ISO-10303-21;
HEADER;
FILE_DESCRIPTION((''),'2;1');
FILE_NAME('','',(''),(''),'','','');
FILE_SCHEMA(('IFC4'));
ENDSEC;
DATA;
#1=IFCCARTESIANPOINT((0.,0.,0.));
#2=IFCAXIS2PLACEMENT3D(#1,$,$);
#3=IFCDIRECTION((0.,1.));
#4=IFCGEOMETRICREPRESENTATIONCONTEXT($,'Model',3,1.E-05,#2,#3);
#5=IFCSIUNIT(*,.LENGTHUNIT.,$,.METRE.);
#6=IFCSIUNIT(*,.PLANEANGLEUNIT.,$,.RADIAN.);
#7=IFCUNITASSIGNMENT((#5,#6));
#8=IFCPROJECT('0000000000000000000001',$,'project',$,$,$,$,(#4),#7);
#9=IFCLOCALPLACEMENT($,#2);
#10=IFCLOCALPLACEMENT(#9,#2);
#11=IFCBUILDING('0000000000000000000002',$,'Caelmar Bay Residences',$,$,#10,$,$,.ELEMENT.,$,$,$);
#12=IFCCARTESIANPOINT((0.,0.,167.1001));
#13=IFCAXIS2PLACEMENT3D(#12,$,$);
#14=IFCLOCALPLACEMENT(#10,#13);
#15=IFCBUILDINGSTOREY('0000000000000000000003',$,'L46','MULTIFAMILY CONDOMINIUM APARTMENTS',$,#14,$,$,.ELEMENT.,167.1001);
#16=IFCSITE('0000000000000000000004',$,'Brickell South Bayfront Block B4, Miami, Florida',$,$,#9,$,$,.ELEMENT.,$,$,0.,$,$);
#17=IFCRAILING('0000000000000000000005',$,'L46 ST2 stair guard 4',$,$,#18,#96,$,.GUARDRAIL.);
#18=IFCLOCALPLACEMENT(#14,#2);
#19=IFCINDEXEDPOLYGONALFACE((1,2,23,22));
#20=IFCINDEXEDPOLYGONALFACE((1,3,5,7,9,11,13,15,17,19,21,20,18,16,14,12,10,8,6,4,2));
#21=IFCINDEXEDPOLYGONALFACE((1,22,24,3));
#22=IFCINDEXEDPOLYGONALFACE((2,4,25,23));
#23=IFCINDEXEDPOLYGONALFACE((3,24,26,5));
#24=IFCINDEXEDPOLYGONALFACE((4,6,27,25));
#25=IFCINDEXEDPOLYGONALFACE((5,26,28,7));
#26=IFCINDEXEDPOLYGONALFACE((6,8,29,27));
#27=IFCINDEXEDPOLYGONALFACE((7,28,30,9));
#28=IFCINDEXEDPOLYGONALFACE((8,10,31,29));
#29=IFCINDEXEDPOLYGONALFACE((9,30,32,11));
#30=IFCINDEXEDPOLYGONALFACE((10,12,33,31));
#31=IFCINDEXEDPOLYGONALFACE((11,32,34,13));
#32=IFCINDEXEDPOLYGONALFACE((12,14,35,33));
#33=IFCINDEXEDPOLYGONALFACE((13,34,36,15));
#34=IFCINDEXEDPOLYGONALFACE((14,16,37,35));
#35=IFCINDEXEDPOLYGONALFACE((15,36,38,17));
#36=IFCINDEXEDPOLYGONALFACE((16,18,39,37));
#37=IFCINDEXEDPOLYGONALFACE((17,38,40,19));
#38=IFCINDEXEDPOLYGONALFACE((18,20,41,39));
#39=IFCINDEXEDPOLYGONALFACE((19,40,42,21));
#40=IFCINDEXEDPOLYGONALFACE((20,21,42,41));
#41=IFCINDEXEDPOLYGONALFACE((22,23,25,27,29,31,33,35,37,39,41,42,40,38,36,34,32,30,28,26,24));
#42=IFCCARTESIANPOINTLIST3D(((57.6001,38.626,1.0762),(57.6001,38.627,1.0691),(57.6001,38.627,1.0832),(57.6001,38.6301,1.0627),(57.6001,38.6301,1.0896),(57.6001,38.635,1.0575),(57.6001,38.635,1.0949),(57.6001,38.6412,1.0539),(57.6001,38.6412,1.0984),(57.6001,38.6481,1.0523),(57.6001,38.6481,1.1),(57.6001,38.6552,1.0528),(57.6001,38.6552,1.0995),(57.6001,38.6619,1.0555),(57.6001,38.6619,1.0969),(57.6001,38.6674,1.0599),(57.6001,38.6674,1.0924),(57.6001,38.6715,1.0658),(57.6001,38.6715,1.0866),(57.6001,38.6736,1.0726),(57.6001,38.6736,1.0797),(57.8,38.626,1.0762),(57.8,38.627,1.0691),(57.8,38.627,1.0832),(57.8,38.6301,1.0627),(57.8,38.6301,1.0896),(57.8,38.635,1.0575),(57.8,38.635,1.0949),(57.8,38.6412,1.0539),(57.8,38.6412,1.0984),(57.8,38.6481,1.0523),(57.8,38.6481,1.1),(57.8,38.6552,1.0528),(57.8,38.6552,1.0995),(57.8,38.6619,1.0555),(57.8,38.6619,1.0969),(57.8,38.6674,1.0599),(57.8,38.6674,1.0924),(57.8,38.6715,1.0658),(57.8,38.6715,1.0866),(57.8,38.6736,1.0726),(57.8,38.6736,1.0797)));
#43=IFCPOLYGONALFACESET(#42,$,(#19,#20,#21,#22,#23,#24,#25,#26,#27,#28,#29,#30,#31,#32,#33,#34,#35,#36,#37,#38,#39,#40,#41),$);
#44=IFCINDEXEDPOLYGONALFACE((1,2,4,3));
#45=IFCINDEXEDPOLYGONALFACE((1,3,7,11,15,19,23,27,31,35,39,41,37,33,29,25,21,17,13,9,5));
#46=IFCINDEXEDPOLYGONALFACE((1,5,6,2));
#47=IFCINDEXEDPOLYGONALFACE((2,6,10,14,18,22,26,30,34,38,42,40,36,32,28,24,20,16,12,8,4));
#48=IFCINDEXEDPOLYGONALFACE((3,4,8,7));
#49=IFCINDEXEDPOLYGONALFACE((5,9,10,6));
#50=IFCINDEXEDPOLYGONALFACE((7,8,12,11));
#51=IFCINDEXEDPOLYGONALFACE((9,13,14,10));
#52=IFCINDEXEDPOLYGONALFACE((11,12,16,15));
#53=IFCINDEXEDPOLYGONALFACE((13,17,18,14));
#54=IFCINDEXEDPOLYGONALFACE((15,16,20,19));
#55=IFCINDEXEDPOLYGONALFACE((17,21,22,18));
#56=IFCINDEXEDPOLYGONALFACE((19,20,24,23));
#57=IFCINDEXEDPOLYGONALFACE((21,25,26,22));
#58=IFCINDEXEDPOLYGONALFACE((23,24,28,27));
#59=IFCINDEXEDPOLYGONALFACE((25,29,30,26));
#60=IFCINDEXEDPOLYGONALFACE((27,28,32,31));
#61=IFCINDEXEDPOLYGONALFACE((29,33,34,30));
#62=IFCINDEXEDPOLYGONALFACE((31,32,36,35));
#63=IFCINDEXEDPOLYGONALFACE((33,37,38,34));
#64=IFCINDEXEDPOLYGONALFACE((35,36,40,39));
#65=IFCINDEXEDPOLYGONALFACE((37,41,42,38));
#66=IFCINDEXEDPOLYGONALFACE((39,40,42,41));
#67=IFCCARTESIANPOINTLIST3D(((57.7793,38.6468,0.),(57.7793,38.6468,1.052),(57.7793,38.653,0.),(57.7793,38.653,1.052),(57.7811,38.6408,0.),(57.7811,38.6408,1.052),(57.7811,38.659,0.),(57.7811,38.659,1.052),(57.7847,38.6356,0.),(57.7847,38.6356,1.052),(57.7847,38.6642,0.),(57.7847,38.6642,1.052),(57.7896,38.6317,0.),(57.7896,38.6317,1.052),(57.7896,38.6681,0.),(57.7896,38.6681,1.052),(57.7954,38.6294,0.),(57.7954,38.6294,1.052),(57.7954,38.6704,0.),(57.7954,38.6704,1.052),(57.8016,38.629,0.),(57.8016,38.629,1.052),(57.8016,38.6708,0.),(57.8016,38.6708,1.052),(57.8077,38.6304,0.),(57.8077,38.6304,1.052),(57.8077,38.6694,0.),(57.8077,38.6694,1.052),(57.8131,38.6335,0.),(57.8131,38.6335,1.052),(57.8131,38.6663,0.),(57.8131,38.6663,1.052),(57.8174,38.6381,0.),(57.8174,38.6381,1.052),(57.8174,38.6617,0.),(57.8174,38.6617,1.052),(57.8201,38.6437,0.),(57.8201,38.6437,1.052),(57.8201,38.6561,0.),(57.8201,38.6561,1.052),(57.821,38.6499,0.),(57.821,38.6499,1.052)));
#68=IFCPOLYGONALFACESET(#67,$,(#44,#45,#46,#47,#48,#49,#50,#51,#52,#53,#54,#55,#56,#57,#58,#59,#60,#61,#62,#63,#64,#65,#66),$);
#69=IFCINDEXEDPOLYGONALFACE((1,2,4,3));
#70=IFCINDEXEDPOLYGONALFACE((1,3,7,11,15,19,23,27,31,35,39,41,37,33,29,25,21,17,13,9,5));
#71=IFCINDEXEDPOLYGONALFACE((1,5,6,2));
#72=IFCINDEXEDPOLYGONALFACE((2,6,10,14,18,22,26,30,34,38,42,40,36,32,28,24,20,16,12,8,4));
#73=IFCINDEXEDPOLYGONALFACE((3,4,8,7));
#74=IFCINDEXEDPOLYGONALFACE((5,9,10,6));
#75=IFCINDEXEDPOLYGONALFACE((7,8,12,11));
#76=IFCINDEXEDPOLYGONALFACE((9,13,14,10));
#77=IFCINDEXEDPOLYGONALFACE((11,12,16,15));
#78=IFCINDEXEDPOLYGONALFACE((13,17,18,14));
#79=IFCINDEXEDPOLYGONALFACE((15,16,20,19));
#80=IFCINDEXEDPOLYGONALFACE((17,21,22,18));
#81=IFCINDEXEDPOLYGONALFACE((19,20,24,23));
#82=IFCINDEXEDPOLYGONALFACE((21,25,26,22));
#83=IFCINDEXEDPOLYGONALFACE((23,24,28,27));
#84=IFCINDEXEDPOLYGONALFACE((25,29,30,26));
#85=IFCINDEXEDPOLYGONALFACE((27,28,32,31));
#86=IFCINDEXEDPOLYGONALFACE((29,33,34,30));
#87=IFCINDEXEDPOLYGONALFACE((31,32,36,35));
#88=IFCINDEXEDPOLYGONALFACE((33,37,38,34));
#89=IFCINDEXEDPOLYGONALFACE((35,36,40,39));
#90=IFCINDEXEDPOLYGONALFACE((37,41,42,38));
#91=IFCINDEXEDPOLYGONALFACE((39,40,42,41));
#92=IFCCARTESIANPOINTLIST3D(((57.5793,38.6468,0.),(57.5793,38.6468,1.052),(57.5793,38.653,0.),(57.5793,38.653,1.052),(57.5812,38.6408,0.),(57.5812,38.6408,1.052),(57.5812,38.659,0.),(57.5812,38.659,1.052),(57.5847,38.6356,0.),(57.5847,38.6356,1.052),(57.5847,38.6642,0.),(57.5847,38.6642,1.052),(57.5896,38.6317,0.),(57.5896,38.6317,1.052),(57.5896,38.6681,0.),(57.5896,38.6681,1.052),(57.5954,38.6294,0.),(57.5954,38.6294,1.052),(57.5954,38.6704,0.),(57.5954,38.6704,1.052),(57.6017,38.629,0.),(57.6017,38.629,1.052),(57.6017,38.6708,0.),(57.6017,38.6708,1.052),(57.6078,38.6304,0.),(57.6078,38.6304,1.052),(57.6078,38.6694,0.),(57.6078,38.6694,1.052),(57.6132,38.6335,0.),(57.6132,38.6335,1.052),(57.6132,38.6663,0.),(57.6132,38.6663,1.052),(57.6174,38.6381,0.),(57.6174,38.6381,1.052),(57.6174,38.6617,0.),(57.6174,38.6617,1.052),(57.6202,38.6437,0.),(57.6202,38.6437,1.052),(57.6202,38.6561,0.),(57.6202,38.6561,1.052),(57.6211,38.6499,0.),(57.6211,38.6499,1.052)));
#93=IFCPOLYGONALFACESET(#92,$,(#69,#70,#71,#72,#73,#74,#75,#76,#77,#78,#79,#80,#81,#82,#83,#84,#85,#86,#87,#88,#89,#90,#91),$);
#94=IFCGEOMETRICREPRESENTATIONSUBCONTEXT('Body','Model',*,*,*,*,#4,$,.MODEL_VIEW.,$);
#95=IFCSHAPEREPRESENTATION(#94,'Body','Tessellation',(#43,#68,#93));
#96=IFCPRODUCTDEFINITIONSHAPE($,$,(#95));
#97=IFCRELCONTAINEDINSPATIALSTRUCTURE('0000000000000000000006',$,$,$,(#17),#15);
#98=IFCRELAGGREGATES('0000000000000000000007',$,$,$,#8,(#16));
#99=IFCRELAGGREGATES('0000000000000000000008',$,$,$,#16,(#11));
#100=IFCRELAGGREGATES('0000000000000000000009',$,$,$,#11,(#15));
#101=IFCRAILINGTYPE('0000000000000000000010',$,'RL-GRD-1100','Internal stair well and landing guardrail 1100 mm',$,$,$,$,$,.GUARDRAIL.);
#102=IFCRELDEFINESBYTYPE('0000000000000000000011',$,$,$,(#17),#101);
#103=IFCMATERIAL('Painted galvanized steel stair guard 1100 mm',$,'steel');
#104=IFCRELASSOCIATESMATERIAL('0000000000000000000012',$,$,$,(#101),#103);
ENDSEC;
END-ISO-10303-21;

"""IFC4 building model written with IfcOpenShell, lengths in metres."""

from ifc_helpers import new_model, si_unit, direction, frame, origin, origin_2d, place, context, subcontext, project, spatial, circle, extrude, material, type_object, element, save


model = new_model("IFC4")

# Units and contexts
model_context = context("Model", 3, precision=1e-05, world=origin(), true_north=direction((0.0, 1.0)))
body_context = subcontext(model_context, "Body", "Model", "MODEL_VIEW")
ifc_project = project(units=[si_unit("LENGTHUNIT", "METRE"), si_unit("PLANEANGLEUNIT", "RADIAN")], contexts=[model_context])

# Site, building, storey
site_placement = place(None, origin())
site = spatial("IfcSite", under=ifc_project, at=site_placement, Name="Brickell South Bayfront Block B4, Miami, Florida", CompositionType="ELEMENT", RefElevation=0.0)
building_placement = place(site_placement, origin())
building = spatial("IfcBuilding", under=site, at=building_placement, Name="Caelmar Bay Residences", CompositionType="ELEMENT")
storey_placement = place(building_placement, frame((0.0, 0.0, 167.1001)))
storey = spatial("IfcBuildingStorey", under=building, at=storey_placement, Name="L46", Description="MULTIFAMILY CONDOMINIUM APARTMENTS", CompositionType="ELEMENT", Elevation=167.1001)

# Railing
ifc_material_1 = material(Name="Painted galvanized steel stair guard 1100 mm", Category="steel")
railing_type_1 = type_object("IfcRailingType", Name="RL-GRD-1100", Description="Internal stair well and landing guardrail 1100 mm", PredefinedType="GUARDRAIL", material=ifc_material_1)
railing_1_placement = place(storey_placement, frame((57.8, 38.6499, 0.0)))
element("IfcRailing", 1, at=railing_1_placement, inside=storey, type_object=railing_type_1, Name="L46 ST2 stair guard 4", PredefinedType="GUARDRAIL", context=body_context, shape_type="SweptSolid", body=[
    extrude(circle(Radius=0.0239, at=origin_2d()), frame((0.0, 0.0, 1.0762), z_axis=(-1.0, 0.0, 0.0), x_axis=(0.0, -1.0, 0.0)), (0.0, 0.0, 1.0), 0.2),
    extrude(circle(Radius=0.021, at=origin_2d()), origin(), (0.0, 0.0, 1.0), 1.052),
    extrude(circle(Radius=0.021, at=origin_2d()), frame((-0.2, 0.0, 0.0)), (0.0, 0.0, 1.0), 1.052),
])

save(model, "model.ifc")
